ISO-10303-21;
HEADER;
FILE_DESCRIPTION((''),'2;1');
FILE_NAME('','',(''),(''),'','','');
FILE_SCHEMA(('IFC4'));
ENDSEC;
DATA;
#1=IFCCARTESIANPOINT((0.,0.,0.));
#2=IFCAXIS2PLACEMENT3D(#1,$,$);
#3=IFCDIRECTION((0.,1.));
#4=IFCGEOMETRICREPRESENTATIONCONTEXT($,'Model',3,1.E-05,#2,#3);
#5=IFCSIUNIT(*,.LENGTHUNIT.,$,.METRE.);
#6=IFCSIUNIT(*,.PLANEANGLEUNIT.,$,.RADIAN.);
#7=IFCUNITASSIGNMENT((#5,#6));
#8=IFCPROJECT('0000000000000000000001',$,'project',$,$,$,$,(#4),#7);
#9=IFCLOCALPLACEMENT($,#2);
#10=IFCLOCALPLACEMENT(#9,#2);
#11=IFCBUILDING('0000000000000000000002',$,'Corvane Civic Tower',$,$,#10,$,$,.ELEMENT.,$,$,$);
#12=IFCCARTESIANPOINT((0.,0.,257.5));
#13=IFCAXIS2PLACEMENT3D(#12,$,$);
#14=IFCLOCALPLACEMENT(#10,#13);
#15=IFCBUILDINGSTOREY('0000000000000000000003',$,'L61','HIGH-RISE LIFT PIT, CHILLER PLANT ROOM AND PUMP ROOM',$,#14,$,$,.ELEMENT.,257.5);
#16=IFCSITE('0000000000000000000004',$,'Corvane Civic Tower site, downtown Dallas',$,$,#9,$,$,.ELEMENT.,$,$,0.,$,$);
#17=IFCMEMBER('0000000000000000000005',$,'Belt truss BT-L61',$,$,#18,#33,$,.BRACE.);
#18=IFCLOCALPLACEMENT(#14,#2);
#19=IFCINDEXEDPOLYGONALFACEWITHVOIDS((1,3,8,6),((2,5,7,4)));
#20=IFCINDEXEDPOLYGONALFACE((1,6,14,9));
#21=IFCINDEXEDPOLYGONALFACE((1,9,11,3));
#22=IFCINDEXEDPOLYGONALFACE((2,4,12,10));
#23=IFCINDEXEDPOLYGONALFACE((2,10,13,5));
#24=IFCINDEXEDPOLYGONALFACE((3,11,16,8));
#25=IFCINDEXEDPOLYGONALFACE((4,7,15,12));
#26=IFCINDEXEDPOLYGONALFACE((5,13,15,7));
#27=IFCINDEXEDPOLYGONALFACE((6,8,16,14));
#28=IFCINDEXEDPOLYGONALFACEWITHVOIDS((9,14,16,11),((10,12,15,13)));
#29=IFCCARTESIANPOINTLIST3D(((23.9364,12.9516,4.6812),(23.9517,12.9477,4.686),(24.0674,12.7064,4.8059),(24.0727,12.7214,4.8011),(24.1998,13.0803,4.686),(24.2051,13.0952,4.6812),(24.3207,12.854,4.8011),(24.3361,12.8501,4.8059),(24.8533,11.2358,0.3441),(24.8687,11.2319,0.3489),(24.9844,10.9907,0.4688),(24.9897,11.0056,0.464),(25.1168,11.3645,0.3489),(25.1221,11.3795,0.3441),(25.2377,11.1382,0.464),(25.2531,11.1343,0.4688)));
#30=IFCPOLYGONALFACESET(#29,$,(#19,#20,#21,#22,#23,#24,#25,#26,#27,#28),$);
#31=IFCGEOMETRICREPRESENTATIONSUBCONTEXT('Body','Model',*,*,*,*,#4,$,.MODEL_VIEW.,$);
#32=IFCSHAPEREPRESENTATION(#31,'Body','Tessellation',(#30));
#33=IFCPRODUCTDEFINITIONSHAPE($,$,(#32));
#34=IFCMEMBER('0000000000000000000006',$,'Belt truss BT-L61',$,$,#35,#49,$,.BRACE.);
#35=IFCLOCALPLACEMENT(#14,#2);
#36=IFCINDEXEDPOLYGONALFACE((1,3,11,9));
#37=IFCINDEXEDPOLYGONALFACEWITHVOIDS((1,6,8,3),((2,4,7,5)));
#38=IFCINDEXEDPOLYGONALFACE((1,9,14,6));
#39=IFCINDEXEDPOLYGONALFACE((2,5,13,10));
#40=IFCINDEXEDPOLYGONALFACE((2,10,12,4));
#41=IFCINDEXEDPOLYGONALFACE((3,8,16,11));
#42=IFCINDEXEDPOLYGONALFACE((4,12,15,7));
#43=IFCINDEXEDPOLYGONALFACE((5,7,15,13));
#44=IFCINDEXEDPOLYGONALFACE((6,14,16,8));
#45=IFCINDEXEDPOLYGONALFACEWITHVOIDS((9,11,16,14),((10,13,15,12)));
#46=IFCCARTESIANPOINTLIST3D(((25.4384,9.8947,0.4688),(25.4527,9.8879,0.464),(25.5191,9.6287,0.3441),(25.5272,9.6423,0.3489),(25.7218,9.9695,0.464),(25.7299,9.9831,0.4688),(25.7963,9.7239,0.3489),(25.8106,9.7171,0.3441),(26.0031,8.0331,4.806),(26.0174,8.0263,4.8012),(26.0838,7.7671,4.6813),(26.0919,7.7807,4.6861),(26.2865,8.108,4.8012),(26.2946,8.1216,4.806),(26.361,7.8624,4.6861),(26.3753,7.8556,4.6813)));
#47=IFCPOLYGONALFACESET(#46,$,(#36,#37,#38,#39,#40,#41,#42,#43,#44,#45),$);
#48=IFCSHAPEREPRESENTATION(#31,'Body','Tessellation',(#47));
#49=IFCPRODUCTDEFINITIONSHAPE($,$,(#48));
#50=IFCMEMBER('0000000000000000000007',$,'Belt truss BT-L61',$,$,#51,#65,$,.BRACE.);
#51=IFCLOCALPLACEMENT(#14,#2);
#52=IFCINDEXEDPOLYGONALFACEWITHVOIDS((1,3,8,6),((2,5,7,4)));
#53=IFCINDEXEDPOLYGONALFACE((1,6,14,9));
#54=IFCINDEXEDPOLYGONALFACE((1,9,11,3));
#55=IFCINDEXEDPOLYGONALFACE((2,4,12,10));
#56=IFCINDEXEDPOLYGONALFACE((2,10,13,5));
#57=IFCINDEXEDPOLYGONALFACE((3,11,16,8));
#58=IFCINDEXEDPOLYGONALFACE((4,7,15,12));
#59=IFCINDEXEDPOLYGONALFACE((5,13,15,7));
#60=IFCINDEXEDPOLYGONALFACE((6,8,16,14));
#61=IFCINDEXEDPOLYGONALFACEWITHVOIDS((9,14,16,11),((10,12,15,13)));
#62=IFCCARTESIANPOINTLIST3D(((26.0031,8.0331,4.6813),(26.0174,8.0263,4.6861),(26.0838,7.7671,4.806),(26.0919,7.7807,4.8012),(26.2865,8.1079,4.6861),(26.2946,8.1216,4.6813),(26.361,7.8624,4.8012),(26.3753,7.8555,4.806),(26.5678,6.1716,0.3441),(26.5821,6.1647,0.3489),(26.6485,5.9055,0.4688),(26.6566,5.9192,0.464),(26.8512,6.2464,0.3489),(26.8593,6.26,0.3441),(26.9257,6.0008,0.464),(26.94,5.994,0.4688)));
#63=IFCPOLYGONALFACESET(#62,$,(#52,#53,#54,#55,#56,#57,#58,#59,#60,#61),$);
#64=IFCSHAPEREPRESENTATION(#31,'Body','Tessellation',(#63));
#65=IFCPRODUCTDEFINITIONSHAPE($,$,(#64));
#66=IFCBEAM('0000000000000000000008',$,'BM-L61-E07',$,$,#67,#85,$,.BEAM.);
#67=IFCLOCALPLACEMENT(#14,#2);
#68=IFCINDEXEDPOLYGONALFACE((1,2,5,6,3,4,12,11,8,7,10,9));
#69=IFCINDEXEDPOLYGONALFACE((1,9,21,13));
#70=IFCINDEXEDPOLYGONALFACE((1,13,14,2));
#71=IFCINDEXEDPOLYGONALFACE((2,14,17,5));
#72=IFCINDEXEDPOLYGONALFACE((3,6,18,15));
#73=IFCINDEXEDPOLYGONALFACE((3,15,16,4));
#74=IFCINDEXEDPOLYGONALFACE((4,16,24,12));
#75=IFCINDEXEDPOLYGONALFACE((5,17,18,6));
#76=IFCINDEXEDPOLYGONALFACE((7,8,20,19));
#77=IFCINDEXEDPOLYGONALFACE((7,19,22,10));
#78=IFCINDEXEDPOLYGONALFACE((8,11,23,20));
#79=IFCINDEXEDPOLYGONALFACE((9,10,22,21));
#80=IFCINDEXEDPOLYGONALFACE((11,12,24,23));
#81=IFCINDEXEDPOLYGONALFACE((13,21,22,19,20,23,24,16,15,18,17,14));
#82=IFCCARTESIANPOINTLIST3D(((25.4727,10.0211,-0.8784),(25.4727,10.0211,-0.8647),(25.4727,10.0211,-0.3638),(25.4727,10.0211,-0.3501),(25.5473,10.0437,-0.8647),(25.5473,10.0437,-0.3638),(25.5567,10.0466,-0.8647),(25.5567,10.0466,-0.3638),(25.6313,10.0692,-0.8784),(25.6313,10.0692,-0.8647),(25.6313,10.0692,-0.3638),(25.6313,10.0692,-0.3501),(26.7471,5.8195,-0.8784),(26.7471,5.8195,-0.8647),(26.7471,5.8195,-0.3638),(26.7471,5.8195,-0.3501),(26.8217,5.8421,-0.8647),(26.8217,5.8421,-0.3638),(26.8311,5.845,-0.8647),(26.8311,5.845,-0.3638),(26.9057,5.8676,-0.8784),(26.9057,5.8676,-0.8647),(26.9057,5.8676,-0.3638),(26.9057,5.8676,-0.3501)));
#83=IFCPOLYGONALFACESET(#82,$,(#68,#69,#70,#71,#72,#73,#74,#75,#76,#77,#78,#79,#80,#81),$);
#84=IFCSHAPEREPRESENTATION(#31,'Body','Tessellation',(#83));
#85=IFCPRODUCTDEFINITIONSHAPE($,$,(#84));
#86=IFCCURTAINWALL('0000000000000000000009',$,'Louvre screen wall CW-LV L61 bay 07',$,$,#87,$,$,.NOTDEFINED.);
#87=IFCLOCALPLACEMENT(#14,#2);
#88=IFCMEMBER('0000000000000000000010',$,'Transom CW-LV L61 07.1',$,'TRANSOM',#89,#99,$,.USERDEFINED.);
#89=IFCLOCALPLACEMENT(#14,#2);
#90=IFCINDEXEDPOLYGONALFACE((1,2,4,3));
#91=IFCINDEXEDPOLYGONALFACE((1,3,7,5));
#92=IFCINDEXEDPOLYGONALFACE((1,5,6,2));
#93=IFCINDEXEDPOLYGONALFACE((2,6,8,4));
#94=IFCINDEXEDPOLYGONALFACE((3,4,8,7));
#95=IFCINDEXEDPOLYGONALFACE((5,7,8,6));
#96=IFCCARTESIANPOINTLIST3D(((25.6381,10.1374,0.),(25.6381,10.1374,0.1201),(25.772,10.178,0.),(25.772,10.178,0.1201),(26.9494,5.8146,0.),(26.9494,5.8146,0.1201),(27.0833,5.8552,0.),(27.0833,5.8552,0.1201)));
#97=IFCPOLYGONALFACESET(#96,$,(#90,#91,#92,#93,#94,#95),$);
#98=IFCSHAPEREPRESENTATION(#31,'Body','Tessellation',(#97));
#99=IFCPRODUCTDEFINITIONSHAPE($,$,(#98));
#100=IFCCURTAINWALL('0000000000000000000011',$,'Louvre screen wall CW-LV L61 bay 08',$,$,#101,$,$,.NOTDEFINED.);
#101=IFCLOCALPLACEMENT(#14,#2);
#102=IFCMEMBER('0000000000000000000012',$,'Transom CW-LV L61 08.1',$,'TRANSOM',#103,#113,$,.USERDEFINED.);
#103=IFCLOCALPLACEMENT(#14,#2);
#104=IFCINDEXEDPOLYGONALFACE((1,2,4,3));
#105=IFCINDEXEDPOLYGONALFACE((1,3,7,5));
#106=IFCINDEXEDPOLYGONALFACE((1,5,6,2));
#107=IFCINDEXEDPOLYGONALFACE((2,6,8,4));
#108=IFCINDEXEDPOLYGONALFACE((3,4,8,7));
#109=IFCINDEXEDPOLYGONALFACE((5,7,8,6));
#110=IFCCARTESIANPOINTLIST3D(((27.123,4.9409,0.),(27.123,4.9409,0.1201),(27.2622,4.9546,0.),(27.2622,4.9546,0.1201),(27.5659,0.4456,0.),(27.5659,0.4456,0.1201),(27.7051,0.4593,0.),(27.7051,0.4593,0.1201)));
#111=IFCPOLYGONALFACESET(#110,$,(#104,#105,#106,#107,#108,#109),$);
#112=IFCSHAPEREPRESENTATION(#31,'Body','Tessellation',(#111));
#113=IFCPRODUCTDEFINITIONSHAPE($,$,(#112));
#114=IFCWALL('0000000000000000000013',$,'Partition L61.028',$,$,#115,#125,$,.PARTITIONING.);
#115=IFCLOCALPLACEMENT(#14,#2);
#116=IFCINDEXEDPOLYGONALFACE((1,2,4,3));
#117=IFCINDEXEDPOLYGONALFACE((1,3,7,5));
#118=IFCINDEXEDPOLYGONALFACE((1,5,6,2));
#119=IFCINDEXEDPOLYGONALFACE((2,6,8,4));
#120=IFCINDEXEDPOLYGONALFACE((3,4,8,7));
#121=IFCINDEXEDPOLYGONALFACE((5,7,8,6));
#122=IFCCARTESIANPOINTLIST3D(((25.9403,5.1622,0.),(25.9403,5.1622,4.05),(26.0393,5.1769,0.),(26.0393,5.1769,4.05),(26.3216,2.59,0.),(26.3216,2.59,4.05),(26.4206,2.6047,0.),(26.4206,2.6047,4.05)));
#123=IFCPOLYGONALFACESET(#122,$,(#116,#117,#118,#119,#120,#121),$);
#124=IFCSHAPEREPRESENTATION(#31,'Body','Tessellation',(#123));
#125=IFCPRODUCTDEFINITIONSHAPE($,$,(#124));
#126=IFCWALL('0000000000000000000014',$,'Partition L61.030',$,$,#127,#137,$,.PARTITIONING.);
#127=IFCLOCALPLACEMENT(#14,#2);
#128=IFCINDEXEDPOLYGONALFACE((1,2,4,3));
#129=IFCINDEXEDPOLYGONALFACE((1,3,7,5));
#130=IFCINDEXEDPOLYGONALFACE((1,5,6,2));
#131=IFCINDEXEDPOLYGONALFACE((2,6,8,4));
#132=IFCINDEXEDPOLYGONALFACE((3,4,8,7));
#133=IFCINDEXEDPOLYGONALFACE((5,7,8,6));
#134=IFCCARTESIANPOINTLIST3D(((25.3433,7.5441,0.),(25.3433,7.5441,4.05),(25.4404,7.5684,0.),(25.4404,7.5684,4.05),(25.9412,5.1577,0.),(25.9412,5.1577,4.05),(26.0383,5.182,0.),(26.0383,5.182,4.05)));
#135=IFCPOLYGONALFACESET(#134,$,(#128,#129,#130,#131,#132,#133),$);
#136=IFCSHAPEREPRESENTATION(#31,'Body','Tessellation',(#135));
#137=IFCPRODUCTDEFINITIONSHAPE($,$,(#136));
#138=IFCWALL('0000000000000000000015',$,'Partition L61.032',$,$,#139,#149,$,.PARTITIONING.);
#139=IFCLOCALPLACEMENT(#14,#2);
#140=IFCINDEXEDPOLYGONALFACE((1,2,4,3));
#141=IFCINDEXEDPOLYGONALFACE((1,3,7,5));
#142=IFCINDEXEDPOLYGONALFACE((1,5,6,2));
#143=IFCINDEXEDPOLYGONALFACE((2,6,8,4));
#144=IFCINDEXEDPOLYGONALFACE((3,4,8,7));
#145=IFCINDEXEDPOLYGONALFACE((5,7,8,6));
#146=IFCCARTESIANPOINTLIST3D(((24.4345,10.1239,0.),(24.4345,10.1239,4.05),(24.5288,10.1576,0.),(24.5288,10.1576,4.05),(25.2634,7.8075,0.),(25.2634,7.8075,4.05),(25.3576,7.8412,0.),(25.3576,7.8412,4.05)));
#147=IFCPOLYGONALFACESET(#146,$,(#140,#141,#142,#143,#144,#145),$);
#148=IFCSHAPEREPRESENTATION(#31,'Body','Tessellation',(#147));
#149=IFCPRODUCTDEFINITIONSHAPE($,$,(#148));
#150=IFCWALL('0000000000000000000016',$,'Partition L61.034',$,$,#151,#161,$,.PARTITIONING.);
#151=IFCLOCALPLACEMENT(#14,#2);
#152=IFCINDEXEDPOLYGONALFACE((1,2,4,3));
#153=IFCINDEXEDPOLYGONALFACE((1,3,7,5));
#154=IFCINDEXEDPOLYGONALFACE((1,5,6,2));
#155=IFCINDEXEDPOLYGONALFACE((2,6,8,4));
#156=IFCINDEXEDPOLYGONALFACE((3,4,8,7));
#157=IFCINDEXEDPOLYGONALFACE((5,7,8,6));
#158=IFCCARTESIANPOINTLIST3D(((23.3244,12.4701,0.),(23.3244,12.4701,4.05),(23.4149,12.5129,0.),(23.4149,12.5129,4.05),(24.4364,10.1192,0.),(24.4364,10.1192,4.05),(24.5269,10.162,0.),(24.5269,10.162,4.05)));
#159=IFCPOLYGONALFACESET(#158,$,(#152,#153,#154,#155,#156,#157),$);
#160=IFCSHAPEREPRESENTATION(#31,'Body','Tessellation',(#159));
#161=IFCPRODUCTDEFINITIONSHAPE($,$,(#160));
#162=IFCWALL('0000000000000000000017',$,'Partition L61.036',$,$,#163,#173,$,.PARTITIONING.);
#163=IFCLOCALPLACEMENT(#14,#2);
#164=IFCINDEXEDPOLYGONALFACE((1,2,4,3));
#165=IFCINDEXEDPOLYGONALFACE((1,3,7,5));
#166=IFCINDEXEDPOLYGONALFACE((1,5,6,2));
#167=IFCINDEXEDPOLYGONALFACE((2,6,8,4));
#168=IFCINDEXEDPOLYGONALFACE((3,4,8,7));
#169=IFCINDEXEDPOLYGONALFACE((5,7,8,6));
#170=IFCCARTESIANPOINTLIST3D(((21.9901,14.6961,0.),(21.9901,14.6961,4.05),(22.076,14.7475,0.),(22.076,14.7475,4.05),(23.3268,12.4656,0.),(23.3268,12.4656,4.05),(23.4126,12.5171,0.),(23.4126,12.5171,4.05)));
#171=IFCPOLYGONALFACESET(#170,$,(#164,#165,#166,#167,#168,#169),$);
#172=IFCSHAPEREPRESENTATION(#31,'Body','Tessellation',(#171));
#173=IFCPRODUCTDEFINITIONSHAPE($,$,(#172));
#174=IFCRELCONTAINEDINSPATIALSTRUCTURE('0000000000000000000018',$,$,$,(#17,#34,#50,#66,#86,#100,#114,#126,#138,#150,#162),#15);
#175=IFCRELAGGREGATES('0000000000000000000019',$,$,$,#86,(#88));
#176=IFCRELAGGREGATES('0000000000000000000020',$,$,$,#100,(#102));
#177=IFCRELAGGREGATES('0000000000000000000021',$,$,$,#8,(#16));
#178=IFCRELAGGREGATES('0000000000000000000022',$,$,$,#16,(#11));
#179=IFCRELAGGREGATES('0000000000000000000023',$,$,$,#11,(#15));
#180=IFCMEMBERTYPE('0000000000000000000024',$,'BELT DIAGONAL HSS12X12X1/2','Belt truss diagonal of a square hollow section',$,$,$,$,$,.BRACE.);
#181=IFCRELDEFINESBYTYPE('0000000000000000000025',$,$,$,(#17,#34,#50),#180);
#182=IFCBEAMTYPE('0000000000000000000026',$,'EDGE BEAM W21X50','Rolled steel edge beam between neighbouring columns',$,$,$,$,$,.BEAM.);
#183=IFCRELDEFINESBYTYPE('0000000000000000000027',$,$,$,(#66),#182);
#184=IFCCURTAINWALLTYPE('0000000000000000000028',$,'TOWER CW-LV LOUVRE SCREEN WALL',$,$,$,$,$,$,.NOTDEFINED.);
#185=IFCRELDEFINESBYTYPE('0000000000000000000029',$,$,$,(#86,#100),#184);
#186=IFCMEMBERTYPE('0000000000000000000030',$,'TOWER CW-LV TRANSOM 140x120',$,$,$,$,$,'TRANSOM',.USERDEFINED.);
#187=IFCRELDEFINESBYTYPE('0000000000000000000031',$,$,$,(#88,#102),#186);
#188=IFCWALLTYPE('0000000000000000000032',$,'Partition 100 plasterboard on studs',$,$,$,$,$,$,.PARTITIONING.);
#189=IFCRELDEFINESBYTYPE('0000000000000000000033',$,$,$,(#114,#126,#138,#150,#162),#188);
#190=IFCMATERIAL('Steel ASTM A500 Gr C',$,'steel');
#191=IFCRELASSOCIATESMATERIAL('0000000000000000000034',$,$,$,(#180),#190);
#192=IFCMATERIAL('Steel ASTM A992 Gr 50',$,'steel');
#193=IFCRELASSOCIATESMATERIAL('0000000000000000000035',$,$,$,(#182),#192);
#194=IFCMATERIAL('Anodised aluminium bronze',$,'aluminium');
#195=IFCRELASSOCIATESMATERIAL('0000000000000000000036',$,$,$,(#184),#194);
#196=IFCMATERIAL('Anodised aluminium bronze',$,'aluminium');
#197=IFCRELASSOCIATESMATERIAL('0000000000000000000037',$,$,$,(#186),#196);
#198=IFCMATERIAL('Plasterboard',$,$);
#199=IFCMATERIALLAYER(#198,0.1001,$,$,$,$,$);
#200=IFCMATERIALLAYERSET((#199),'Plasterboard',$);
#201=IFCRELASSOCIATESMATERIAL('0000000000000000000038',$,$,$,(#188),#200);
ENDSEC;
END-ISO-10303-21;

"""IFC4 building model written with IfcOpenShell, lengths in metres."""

from ifc_helpers import new_model, si_unit, direction, frame, frame_2d, origin, origin_2d, place, context, subcontext, project, spatial, rectangle, hollow_rectangle, i_section, extrude, material, layer, layer_set, material_profile, profile_set, type_object, element, aggregate, save


model = new_model("IFC4")

# Units and contexts
model_context = context("Model", 3, precision=1e-05, world=origin(), true_north=direction((0.0, 1.0)))
body_context = subcontext(model_context, "Body", "Model", "MODEL_VIEW")
ifc_project = project(units=[si_unit("LENGTHUNIT", "METRE"), si_unit("PLANEANGLEUNIT", "RADIAN")], contexts=[model_context])

# Site, building, storey
site_placement = place(None, origin())
site = spatial("IfcSite", under=ifc_project, at=site_placement, Name="Corvane Civic Tower site, downtown Dallas", CompositionType="ELEMENT", RefElevation=0.0)
building_placement = place(site_placement, origin())
building = spatial("IfcBuilding", under=site, at=building_placement, Name="Corvane Civic Tower", CompositionType="ELEMENT")
storey_placement = place(building_placement, frame((0.0, 0.0, 257.5)))
storey = spatial("IfcBuildingStorey", under=building, at=storey_placement, Name="L61", Description="HIGH-RISE LIFT PIT, CHILLER PLANT ROOM AND PUMP ROOM", CompositionType="ELEMENT", Elevation=257.5)

# Members
ifc_material_1 = material(Name="Steel ASTM A500 Gr C", Category="steel")
ifc_material_profile_1 = material_profile(ifc_material_1, hollow_rectangle(XDim=0.3047, YDim=0.3047, WallThickness=0.0117, at=origin_2d()), Name="HSS12X12X1/2")
ifc_profile_set_1 = profile_set([ifc_material_profile_1], Name="Steel ASTM A500 Gr C")
member_type_1 = type_object("IfcMemberType", Name="BELT DIAGONAL HSS12X12X1/2", Description="Belt truss diagonal of a square hollow section", PredefinedType="BRACE", material=ifc_profile_set_1)
for number, where, z_axis, x_axis, name in (
    (1, (25.0532, 11.1851, 0.4065), (-0.192908, 0.360959, 0.912412), (-0.88195, -0.471344, 0.0), "Belt truss BT-L61"),
    (2, (25.6245, 9.8059, 0.4065), (0.118797, -0.391626, 0.912423), (0.956941, 0.290283, 0.0), "Belt truss BT-L61"),
    (3, (26.7539, 6.0828, 0.4065), (-0.118797, 0.391626, 0.912423), (-0.956941, -0.290283, 0.0), "Belt truss BT-L61"),
):
    element("IfcMember", number, at=place(storey_placement, frame(where, z_axis=z_axis, x_axis=x_axis)), inside=storey, type_object=member_type_1, Name=name, PredefinedType="BRACE", context=body_context, shape_type="SweptSolid", body=[
        extrude(hollow_rectangle(XDim=0.3047, YDim=0.3047, WallThickness=0.0117, at=origin_2d()), origin(), (0.0, 0.0, 1.0), 4.7534),
    ])

# Beam
ifc_material_2 = material(Name="Steel ASTM A992 Gr 50", Category="steel")
ifc_material_profile_2 = material_profile(ifc_material_2, i_section(OverallWidth=0.1658, OverallDepth=0.5283, WebThickness=0.0098, FlangeThickness=0.0137, at=origin_2d()), Name="W21X50")
ifc_profile_set_2 = profile_set([ifc_material_profile_2], Name="Steel ASTM A992 Gr 50")
beam_type = type_object("IfcBeamType", Name="EDGE BEAM W21X50", Description="Rolled steel edge beam between neighbouring columns", PredefinedType="BEAM", material=ifc_profile_set_2)
beam_placement = place(storey_placement, frame((25.552, 10.0452, -0.6143), z_axis=(0.290254, -0.95695, 0.0), x_axis=(0.95695, 0.290254, 0.0)))
element("IfcBeam", 4, at=beam_placement, inside=storey, type_object=beam_type, Name="BM-L61-E07", PredefinedType="BEAM", context=body_context, shape_type="SweptSolid", body=[
    extrude(i_section(OverallWidth=0.1658, OverallDepth=0.5283, WebThickness=0.0098, FlangeThickness=0.0137, at=origin_2d()), origin(), (0.0, 0.0, 1.0), 4.3906),
])

# Curtain walls, members
ifc_material_3 = material(Name="Anodised aluminium bronze", Category="aluminium")
curtain_wall_type = type_object("IfcCurtainWallType", Name="TOWER CW-LV LOUVRE SCREEN WALL", PredefinedType="NOTDEFINED", material=ifc_material_3)
curtain_wall_1_placement = place(storey_placement, origin())
curtain_wall_1 = element("IfcCurtainWall", 5, at=curtain_wall_1_placement, inside=storey, type_object=curtain_wall_type, Name="Louvre screen wall CW-LV L61 bay 07", PredefinedType="NOTDEFINED")
ifc_material_4 = material(Name="Anodised aluminium bronze", Category="aluminium")
ifc_material_profile_3 = material_profile(ifc_material_4, rectangle(XDim=0.1399, YDim=0.1201, at=origin_2d()), Name="TOWER CW-LV TRANSOM 140x120")
ifc_profile_set_3 = profile_set([ifc_material_profile_3], Name="Anodised aluminium bronze")
member_type_2 = type_object("IfcMemberType", Name="TOWER CW-LV TRANSOM 140x120", ElementType="TRANSOM", PredefinedType="USERDEFINED", material=ifc_profile_set_3)
member_1_placement = place(storey_placement, frame((25.7051, 10.1577, 0.0601), z_axis=(0.290282, -0.956941, 0.0), x_axis=(0.956941, 0.290282, 0.0)))
member_1 = element("IfcMember", 6, at=member_1_placement, type_object=member_type_2, Name="Transom CW-LV L61 07.1", ObjectType="TRANSOM", PredefinedType="USERDEFINED", context=body_context, shape_type="SweptSolid", body=[
    extrude(rectangle(XDim=0.1399, YDim=0.1201, at=origin_2d()), origin(), (0.0, 0.0, 1.0), 4.5173),
])
curtain_wall_2_placement = place(storey_placement, origin())
curtain_wall_2 = element("IfcCurtainWall", 7, at=curtain_wall_2_placement, inside=storey, type_object=curtain_wall_type, Name="Louvre screen wall CW-LV L61 bay 08", PredefinedType="NOTDEFINED")
member_2_placement = place(storey_placement, frame((27.1926, 4.9478, 0.0601), z_axis=(0.098043, -0.995182, 0.0), x_axis=(0.995182, 0.098043, 0.0)))
member_2 = element("IfcMember", 8, at=member_2_placement, type_object=member_type_2, Name="Transom CW-LV L61 08.1", ObjectType="TRANSOM", PredefinedType="USERDEFINED", context=body_context, shape_type="SweptSolid", body=[
    extrude(rectangle(XDim=0.1399, YDim=0.1201, at=origin_2d()), origin(), (0.0, 0.0, 1.0), 4.5171),
])

# Walls
ifc_material_5 = material(Name="Plasterboard")
ifc_layer_1 = layer(ifc_material_5, 0.1001)
ifc_layer_set_1 = layer_set([ifc_layer_1], Name="Plasterboard")
wall_type_1 = type_object("IfcWallType", Name="Partition 100 plasterboard on studs", PredefinedType="PARTITIONING", material=ifc_layer_set_1)
wall_1_placement = place(storey_placement, frame((25.9897, 5.1697, 0.0), z_axis=(0.0, 0.0, 1.0), x_axis=(0.146651, -0.989188, 0.0)))
element("IfcWall", 9, at=wall_1_placement, inside=storey, type_object=wall_type_1, Name="Partition L61.028", PredefinedType="PARTITIONING", context=body_context, shape_type="SweptSolid", body=[
    extrude(rectangle(XDim=2.6003, YDim=0.1001, at=frame_2d((1.3003, 0.0))), origin(), (0.0, 0.0, 1.0), 4.05),
])
for number, where, z_axis, x_axis, name in (
    (10, (25.3918, 7.5562, 0.0), (0.0, 0.0, 1.0), (0.243026, -0.97002, 0.0), "Partition L61.030"),
    (11, (24.4817, 10.1406, 0.0), (0.0, 0.0, 1.0), (0.336902, -0.94154, 0.0), "Partition L61.032"),
):
    element("IfcWall", number, at=place(storey_placement, frame(where, z_axis=z_axis, x_axis=x_axis)), inside=storey, type_object=wall_type_1, Name=name, PredefinedType="PARTITIONING", context=body_context, shape_type="SweptSolid", body=[
        extrude(rectangle(XDim=2.4602, YDim=0.1001, at=frame_2d((1.23, 0.0))), origin(), (0.0, 0.0, 1.0), 4.05),
    ])
wall_2_placement = place(storey_placement, frame((23.3696, 12.4915, 0.0), z_axis=(0.0, 0.0, 1.0), x_axis=(0.427618, -0.903959, 0.0)))
element("IfcWall", 12, at=wall_2_placement, inside=storey, type_object=wall_type_1, Name="Partition L61.034", PredefinedType="PARTITIONING", context=body_context, shape_type="SweptSolid", body=[
    extrude(rectangle(XDim=2.6006, YDim=0.1001, at=frame_2d((1.3003, 0.0))), origin(), (0.0, 0.0, 1.0), 4.05),
])
wall_3_placement = place(storey_placement, frame((22.033, 14.7219, 0.0), z_axis=(0.0, 0.0, 1.0), x_axis=(0.51404, -0.857766, 0.0)))
element("IfcWall", 13, at=wall_3_placement, inside=storey, type_object=wall_type_1, Name="Partition L61.036", PredefinedType="PARTITIONING", context=body_context, shape_type="SweptSolid", body=[
    extrude(rectangle(XDim=2.6003, YDim=0.1001, at=frame_2d((1.3003, 0.0))), origin(), (0.0, 0.0, 1.0), 4.05),
])

aggregate(curtain_wall_1, [member_1])
aggregate(curtain_wall_2, [member_2])

save(model, "model.ifc")
